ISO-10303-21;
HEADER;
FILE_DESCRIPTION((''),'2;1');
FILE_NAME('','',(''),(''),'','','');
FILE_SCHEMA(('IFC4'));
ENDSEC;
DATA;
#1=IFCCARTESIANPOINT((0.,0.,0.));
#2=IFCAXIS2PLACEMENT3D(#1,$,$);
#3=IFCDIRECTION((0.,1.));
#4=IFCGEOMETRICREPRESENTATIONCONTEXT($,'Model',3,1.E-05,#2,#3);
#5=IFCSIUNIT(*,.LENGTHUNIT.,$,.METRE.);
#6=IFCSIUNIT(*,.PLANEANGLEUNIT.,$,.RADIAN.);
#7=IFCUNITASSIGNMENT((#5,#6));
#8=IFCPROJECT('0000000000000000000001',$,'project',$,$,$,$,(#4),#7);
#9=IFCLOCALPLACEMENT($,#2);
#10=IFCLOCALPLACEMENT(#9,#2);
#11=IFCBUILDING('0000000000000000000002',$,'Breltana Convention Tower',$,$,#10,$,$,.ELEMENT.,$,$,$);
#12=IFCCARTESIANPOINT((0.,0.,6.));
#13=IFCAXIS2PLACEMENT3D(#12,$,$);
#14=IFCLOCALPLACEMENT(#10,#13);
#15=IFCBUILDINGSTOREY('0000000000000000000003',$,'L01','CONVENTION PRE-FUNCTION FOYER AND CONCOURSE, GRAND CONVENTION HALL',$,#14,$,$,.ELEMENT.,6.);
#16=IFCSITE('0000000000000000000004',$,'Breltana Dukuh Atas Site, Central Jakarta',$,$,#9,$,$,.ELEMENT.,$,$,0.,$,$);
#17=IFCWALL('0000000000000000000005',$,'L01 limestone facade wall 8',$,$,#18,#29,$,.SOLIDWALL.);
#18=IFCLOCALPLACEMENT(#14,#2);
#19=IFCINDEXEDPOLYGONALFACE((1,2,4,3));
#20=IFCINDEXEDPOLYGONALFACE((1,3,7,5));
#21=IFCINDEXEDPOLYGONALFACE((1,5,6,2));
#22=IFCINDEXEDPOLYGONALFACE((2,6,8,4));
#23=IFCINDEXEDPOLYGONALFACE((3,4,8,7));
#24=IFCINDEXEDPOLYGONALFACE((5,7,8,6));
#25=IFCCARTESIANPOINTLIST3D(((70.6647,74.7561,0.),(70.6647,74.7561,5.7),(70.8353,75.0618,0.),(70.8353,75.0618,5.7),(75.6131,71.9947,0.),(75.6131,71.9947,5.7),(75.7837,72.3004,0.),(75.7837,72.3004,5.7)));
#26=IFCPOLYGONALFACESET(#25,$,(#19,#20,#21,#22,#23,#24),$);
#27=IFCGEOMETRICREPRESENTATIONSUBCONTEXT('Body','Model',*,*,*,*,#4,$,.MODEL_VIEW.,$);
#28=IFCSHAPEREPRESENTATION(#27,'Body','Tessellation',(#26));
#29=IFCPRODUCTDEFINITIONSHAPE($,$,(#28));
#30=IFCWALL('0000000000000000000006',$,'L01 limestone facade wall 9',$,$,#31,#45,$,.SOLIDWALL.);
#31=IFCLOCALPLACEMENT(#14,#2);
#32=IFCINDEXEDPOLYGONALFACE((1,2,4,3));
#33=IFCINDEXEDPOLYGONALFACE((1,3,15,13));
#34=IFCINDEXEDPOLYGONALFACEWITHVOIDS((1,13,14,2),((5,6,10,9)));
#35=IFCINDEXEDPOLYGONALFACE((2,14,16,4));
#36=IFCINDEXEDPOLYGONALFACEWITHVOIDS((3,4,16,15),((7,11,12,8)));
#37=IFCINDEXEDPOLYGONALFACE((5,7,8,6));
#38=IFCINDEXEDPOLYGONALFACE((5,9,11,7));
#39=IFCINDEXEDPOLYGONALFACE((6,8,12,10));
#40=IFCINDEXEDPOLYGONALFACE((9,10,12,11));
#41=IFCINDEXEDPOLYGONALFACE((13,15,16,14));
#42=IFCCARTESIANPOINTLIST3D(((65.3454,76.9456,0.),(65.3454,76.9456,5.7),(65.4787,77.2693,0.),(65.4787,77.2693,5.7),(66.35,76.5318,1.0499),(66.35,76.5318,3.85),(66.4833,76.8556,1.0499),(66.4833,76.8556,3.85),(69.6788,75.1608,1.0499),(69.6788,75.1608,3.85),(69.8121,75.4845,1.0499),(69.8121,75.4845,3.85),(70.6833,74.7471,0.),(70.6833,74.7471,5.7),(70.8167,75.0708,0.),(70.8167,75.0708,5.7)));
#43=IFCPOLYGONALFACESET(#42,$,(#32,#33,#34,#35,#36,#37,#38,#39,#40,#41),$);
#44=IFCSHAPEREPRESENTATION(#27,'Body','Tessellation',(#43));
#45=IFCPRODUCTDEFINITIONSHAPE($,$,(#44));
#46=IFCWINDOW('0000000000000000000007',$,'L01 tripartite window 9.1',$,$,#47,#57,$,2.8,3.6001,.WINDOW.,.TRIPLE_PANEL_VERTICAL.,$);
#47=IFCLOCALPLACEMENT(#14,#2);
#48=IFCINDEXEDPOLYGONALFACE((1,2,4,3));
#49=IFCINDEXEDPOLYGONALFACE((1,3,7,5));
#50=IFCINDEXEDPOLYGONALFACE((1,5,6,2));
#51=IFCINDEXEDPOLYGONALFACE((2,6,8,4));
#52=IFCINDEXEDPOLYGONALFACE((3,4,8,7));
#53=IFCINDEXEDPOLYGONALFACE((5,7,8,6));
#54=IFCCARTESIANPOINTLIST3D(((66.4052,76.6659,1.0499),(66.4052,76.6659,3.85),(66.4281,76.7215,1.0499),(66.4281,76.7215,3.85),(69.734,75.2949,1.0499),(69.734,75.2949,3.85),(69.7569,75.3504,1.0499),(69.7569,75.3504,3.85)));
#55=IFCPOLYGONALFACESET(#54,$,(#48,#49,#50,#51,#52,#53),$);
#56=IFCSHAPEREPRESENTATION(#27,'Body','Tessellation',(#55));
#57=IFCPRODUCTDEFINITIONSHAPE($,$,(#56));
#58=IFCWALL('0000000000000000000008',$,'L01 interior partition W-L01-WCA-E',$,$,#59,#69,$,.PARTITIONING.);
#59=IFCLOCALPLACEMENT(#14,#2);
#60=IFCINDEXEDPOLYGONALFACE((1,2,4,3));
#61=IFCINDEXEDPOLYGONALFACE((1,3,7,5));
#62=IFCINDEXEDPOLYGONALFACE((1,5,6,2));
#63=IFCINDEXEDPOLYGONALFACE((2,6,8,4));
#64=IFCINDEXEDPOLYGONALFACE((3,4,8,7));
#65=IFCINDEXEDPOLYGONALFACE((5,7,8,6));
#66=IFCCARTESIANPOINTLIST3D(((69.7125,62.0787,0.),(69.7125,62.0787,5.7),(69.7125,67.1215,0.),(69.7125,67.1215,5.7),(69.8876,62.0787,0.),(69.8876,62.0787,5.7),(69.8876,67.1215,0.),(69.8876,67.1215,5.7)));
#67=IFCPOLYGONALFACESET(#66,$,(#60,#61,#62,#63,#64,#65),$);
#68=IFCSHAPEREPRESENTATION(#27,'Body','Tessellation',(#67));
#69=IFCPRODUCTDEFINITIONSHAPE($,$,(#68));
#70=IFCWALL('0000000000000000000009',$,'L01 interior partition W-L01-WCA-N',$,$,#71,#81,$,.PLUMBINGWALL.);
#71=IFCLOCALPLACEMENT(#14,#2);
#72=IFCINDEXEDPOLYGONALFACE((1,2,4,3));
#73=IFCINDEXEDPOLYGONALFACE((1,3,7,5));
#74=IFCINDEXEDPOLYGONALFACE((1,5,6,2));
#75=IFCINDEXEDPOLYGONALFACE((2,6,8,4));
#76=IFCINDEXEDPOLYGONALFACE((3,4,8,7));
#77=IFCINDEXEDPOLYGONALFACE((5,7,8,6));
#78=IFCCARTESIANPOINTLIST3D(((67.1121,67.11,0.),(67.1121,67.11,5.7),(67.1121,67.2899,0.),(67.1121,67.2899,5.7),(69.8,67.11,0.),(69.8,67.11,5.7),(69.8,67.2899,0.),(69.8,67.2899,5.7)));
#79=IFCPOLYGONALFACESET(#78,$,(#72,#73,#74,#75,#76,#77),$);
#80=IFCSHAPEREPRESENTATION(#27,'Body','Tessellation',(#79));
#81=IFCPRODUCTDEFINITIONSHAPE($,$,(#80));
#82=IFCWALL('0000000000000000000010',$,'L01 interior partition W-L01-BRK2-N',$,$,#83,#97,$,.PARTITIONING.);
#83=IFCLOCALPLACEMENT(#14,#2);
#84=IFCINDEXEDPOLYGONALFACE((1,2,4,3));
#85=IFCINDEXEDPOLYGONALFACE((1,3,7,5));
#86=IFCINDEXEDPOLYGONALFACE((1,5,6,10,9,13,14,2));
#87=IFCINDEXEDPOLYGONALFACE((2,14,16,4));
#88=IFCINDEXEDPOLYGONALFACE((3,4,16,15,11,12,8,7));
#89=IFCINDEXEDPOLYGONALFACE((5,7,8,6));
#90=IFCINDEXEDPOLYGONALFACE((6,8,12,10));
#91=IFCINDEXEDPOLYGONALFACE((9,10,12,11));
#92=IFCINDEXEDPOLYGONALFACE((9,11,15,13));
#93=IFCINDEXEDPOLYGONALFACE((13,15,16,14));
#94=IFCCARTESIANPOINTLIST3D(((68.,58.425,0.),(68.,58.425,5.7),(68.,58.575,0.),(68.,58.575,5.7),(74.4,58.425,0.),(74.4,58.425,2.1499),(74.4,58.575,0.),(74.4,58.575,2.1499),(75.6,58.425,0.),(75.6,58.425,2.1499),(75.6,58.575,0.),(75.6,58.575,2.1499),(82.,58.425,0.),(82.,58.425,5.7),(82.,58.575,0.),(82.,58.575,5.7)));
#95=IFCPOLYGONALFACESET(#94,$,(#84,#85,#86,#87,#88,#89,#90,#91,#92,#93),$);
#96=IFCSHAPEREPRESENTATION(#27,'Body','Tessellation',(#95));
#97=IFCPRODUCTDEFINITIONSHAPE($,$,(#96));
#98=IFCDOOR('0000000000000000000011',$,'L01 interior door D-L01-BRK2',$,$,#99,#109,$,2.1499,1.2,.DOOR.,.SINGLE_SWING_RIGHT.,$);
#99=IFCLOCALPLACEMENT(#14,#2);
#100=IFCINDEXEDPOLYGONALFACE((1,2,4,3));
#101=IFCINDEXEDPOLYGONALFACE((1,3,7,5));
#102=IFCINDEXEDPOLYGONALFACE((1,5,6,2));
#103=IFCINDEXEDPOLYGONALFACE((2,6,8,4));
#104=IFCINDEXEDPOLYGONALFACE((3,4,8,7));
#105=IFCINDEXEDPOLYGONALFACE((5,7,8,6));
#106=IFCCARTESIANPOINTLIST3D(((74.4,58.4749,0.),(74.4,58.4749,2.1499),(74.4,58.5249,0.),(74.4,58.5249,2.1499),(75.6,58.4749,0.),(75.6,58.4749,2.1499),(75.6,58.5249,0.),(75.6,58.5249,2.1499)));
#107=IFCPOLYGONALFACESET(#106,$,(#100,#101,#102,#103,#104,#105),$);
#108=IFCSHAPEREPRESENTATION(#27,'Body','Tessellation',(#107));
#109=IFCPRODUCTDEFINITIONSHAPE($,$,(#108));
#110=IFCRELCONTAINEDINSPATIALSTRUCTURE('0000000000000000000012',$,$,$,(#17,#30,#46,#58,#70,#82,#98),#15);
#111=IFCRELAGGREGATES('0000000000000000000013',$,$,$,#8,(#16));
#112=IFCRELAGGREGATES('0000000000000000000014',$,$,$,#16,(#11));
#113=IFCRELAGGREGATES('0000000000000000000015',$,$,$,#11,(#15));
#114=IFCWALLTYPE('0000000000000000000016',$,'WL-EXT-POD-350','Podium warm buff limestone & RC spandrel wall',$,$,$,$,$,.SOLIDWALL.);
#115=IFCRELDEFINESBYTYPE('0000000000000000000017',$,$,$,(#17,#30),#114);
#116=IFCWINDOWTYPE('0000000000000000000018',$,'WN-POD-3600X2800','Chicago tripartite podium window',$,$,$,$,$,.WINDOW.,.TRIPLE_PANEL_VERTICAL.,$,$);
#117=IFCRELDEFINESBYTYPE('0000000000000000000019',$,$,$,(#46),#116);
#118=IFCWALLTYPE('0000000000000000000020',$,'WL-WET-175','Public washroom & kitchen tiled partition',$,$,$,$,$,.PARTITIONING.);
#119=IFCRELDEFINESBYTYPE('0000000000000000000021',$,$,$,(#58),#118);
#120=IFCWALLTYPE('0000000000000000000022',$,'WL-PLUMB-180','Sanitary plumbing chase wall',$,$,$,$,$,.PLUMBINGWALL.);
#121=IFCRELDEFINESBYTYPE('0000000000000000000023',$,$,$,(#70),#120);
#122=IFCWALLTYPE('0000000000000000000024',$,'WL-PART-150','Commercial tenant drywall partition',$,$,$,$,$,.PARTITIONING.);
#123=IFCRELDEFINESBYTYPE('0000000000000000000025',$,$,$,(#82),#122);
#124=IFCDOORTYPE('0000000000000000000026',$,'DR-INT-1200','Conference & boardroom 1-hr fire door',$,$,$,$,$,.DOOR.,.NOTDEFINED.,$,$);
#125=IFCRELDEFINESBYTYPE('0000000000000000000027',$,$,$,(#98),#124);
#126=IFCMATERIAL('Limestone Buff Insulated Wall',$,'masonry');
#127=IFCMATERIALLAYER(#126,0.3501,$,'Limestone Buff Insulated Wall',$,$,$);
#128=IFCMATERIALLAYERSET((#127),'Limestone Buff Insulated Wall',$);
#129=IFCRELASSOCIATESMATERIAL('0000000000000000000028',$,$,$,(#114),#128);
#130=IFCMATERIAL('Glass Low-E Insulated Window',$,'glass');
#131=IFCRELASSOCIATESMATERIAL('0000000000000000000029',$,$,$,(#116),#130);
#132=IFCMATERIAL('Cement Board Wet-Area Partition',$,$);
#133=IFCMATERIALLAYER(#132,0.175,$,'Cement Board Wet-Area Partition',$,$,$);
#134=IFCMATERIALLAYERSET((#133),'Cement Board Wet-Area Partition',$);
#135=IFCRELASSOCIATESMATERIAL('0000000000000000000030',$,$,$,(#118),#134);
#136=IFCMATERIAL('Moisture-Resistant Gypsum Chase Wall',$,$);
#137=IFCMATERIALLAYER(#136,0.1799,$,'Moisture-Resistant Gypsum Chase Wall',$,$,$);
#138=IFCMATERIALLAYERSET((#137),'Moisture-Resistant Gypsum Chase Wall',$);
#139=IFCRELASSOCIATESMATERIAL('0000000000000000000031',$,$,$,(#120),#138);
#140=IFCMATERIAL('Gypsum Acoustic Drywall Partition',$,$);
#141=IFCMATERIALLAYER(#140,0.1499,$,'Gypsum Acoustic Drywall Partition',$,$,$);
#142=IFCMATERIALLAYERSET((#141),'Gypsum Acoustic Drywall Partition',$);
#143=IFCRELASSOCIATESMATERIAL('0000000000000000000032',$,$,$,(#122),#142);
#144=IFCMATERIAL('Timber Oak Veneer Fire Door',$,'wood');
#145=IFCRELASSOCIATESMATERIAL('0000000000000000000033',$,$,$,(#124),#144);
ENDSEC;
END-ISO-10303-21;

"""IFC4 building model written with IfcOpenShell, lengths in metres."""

from ifc_helpers import new_model, si_unit, direction, frame, frame_2d, origin, place, context, subcontext, project, spatial, rectangle, extrude, source, transform, mapped, material, layer, layer_set, type_object, type_shapes, element, fill, save


model = new_model("IFC4")

# Units and contexts
model_context = context("Model", 3, precision=1e-05, world=origin(), true_north=direction((0.0, 1.0)))
body_context = subcontext(model_context, "Body", "Model", "MODEL_VIEW")
ifc_project = project(units=[si_unit("LENGTHUNIT", "METRE"), si_unit("PLANEANGLEUNIT", "RADIAN")], contexts=[model_context])

# Site, building, storey
site_placement = place(None, origin())
site = spatial("IfcSite", under=ifc_project, at=site_placement, Name="Breltana Dukuh Atas Site, Central Jakarta", CompositionType="ELEMENT", RefElevation=0.0)
building_placement = place(site_placement, origin())
building = spatial("IfcBuilding", under=site, at=building_placement, Name="Breltana Convention Tower", CompositionType="ELEMENT")
storey_placement = place(building_placement, frame((0.0, 0.0, 6.0)))
storey = spatial("IfcBuildingStorey", under=building, at=storey_placement, Name="L01", Description="CONVENTION PRE-FUNCTION FOYER AND CONCOURSE, GRAND CONVENTION HALL", CompositionType="ELEMENT", Elevation=6.0)

# Shared definitions
ifc_material_1 = material(Name="Limestone Buff Insulated Wall", Category="masonry")
ifc_layer_1 = layer(ifc_material_1, 0.3501, Name="Limestone Buff Insulated Wall")
ifc_layer_set_1 = layer_set([ifc_layer_1], Name="Limestone Buff Insulated Wall")
wall_type_1 = type_object("IfcWallType", Name="WL-EXT-POD-350", Description="Podium warm buff limestone & RC spandrel wall", PredefinedType="SOLIDWALL", material=ifc_layer_set_1)
ifc_material_2 = material(Name="Glass Low-E Insulated Window", Category="glass")

# Shared definitions
window_type_1 = type_object("IfcWindowType", Name="WN-POD-3600X2800", Description="Chicago tripartite podium window", PartitioningType="TRIPLE_PANEL_VERTICAL", PredefinedType="WINDOW", material=ifc_material_2)
shared_shape_1 = source(origin(), body_context, "Body", "SweptSolid", [
    extrude(rectangle(XDim=3.6001, YDim=2.8, at=frame_2d((1.8, 1.3999))), frame((0.0, 0.03, 0.0), z_axis=(0.0, -1.0, 0.0), x_axis=(1.0, 0.0, 0.0)), (0.0, 0.0, 1.0), 0.0601),
])
type_shapes(window_type_1, [shared_shape_1])

# Wall
shared_shape_2 = source(origin(), body_context, "Body", "SweptSolid", [
    extrude(rectangle(XDim=5.6667, YDim=0.3501, at=frame_2d((2.8335, 0.0))), origin(), (0.0, 0.0, 1.0), 5.7),
])
wall_1_placement = place(storey_placement, frame((75.6985, 72.1475, 0.0), z_axis=(0.0, 0.0, 1.0), x_axis=(-0.873233, 0.487303, 0.0)))
element("IfcWall", 1, at=wall_1_placement, inside=storey, type_object=wall_type_1, Name="L01 limestone facade wall 8", PredefinedType="SOLIDWALL", context=body_context, shape_type="MappedRepresentation", body=[
    mapped(shared_shape_2, transform((0.0, 0.0, 0.0), scale=1.0)),
])

# Wall, opening, window
shared_shape_3 = source(origin(), body_context, "Body", "SweptSolid", [
    extrude(rectangle(XDim=5.7729, YDim=0.3501, at=frame_2d((2.8865, 0.0))), origin(), (0.0, 0.0, 1.0), 5.7),
])
wall_2_placement = place(storey_placement, frame((70.75, 74.9089, 0.0), z_axis=(0.0, 0.0, 1.0), x_axis=(-0.924646, 0.380829, 0.0)))
wall_2 = element("IfcWall", 2, at=wall_2_placement, inside=storey, type_object=wall_type_1, Name="L01 limestone facade wall 9", PredefinedType="SOLIDWALL", context=body_context, shape_type="MappedRepresentation", body=[
    mapped(shared_shape_3, transform((0.0, 0.0, 0.0), scale=1.0)),
])
opening_1_placement = place(wall_2_placement, frame((1.0864, 0.0, 1.05)))
opening_1 = element("IfcOpeningElement", 3, at=opening_1_placement, cuts=wall_2, PredefinedType="OPENING", context=body_context, shape_type="SweptSolid", body=[
    extrude(rectangle(XDim=3.6001, YDim=2.8, at=frame_2d((1.8, 1.3999))), frame((0.0, 0.1851, 0.0), z_axis=(0.0, -1.0, 0.0), x_axis=(1.0, 0.0, 0.0)), (0.0, 0.0, 1.0), 0.3701),
])
window_1_placement = place(opening_1_placement, origin())
window_1 = element("IfcWindow", 4, at=window_1_placement, inside=storey, type_object=window_type_1, Name="L01 tripartite window 9.1", OverallHeight=2.8, OverallWidth=3.6001, PartitioningType="TRIPLE_PANEL_VERTICAL", PredefinedType="WINDOW", context=body_context, shape_type="MappedRepresentation", body=[
    mapped(shared_shape_1, transform((0.0, 0.0, 0.0), scale=1.0)),
])
fill(opening_1, window_1)

# Walls
ifc_material_3 = material(Name="Cement Board Wet-Area Partition")
ifc_layer_2 = layer(ifc_material_3, 0.175, Name="Cement Board Wet-Area Partition")
ifc_layer_set_2 = layer_set([ifc_layer_2], Name="Cement Board Wet-Area Partition")
wall_type_2 = type_object("IfcWallType", Name="WL-WET-175", Description="Public washroom & kitchen tiled partition", PredefinedType="PARTITIONING", material=ifc_layer_set_2)
shared_shape_4 = source(origin(), body_context, "Body", "SweptSolid", [
    extrude(rectangle(XDim=5.0427, YDim=0.175, at=frame_2d((2.5215, 0.0))), origin(), (0.0, 0.0, 1.0), 5.7),
])
wall_3_placement = place(storey_placement, frame((69.8, 62.0786, 0.0), z_axis=(0.0, 0.0, 1.0), x_axis=(0.0, 1.0, 0.0)))
element("IfcWall", 5, at=wall_3_placement, inside=storey, type_object=wall_type_2, Name="L01 interior partition W-L01-WCA-E", PredefinedType="PARTITIONING", context=body_context, shape_type="MappedRepresentation", body=[
    mapped(shared_shape_4, transform((0.0, 0.0, 0.0), scale=1.0)),
])
ifc_material_4 = material(Name="Moisture-Resistant Gypsum Chase Wall")
ifc_layer_3 = layer(ifc_material_4, 0.1799, Name="Moisture-Resistant Gypsum Chase Wall")
ifc_layer_set_3 = layer_set([ifc_layer_3], Name="Moisture-Resistant Gypsum Chase Wall")
wall_type_3 = type_object("IfcWallType", Name="WL-PLUMB-180", Description="Sanitary plumbing chase wall", PredefinedType="PLUMBINGWALL", material=ifc_layer_set_3)
shared_shape_5 = source(origin(), body_context, "Body", "SweptSolid", [
    extrude(rectangle(XDim=2.688, YDim=0.1799, at=frame_2d((1.344, 0.0))), origin(), (0.0, 0.0, 1.0), 5.7),
])
wall_4_placement = place(storey_placement, frame((67.1121, 67.2, 0.0), z_axis=(0.0, 0.0, 1.0), x_axis=(1.0, 0.0, 0.0)))
element("IfcWall", 6, at=wall_4_placement, inside=storey, type_object=wall_type_3, Name="L01 interior partition W-L01-WCA-N", PredefinedType="PLUMBINGWALL", context=body_context, shape_type="MappedRepresentation", body=[
    mapped(shared_shape_5, transform((0.0, 0.0, 0.0), scale=1.0)),
])

# Wall, opening, door
ifc_material_5 = material(Name="Gypsum Acoustic Drywall Partition")
ifc_layer_4 = layer(ifc_material_5, 0.1499, Name="Gypsum Acoustic Drywall Partition")
ifc_layer_set_4 = layer_set([ifc_layer_4], Name="Gypsum Acoustic Drywall Partition")
wall_type_4 = type_object("IfcWallType", Name="WL-PART-150", Description="Commercial tenant drywall partition", PredefinedType="PARTITIONING", material=ifc_layer_set_4)
shared_shape_6 = source(origin(), body_context, "Body", "SweptSolid", [
    extrude(rectangle(XDim=14.0, YDim=0.1499, at=frame_2d((7.0, 0.0))), origin(), (0.0, 0.0, 1.0), 5.7),
])
wall_5_placement = place(storey_placement, frame((68.0, 58.5, 0.0), z_axis=(0.0, 0.0, 1.0), x_axis=(1.0, 0.0, 0.0)))
wall_5 = element("IfcWall", 7, at=wall_5_placement, inside=storey, type_object=wall_type_4, Name="L01 interior partition W-L01-BRK2-N", PredefinedType="PARTITIONING", context=body_context, shape_type="MappedRepresentation", body=[
    mapped(shared_shape_6, transform((0.0, 0.0, 0.0), scale=1.0)),
])
opening_2_placement = place(wall_5_placement, frame((6.3999, 0.0, 0.0)))
opening_2 = element("IfcOpeningElement", 8, at=opening_2_placement, cuts=wall_5, PredefinedType="OPENING", context=body_context, shape_type="SweptSolid", body=[
    extrude(rectangle(XDim=1.2, YDim=2.1499, at=frame_2d((0.6001, 1.075))), frame((0.0, 0.085, 0.0), z_axis=(0.0, -1.0, 0.0), x_axis=(1.0, 0.0, 0.0)), (0.0, 0.0, 1.0), 0.1699),
])
ifc_material_6 = material(Name="Timber Oak Veneer Fire Door", Category="wood")
door_type = type_object("IfcDoorType", Name="DR-INT-1200", Description="Conference & boardroom 1-hr fire door", OperationType="NOTDEFINED", PredefinedType="DOOR", material=ifc_material_6)
shared_shape_7 = source(origin(), body_context, "Body", "SweptSolid", [
    extrude(rectangle(XDim=1.2, YDim=2.1499, at=frame_2d((0.6001, 1.075))), frame((0.0, 0.0249, 0.0), z_axis=(0.0, -1.0, 0.0), x_axis=(1.0, 0.0, 0.0)), (0.0, 0.0, 1.0), 0.05),
])
type_shapes(door_type, [shared_shape_7])
door_placement = place(opening_2_placement, origin())
door = element("IfcDoor", 9, at=door_placement, inside=storey, type_object=door_type, Name="L01 interior door D-L01-BRK2", OperationType="SINGLE_SWING_RIGHT", OverallHeight=2.1499, OverallWidth=1.2, PredefinedType="DOOR", context=body_context, shape_type="MappedRepresentation", body=[
    mapped(shared_shape_7, transform((0.0, 0.0, 0.0), scale=1.0)),
])
fill(opening_2, door)

save(model, "model.ifc")
